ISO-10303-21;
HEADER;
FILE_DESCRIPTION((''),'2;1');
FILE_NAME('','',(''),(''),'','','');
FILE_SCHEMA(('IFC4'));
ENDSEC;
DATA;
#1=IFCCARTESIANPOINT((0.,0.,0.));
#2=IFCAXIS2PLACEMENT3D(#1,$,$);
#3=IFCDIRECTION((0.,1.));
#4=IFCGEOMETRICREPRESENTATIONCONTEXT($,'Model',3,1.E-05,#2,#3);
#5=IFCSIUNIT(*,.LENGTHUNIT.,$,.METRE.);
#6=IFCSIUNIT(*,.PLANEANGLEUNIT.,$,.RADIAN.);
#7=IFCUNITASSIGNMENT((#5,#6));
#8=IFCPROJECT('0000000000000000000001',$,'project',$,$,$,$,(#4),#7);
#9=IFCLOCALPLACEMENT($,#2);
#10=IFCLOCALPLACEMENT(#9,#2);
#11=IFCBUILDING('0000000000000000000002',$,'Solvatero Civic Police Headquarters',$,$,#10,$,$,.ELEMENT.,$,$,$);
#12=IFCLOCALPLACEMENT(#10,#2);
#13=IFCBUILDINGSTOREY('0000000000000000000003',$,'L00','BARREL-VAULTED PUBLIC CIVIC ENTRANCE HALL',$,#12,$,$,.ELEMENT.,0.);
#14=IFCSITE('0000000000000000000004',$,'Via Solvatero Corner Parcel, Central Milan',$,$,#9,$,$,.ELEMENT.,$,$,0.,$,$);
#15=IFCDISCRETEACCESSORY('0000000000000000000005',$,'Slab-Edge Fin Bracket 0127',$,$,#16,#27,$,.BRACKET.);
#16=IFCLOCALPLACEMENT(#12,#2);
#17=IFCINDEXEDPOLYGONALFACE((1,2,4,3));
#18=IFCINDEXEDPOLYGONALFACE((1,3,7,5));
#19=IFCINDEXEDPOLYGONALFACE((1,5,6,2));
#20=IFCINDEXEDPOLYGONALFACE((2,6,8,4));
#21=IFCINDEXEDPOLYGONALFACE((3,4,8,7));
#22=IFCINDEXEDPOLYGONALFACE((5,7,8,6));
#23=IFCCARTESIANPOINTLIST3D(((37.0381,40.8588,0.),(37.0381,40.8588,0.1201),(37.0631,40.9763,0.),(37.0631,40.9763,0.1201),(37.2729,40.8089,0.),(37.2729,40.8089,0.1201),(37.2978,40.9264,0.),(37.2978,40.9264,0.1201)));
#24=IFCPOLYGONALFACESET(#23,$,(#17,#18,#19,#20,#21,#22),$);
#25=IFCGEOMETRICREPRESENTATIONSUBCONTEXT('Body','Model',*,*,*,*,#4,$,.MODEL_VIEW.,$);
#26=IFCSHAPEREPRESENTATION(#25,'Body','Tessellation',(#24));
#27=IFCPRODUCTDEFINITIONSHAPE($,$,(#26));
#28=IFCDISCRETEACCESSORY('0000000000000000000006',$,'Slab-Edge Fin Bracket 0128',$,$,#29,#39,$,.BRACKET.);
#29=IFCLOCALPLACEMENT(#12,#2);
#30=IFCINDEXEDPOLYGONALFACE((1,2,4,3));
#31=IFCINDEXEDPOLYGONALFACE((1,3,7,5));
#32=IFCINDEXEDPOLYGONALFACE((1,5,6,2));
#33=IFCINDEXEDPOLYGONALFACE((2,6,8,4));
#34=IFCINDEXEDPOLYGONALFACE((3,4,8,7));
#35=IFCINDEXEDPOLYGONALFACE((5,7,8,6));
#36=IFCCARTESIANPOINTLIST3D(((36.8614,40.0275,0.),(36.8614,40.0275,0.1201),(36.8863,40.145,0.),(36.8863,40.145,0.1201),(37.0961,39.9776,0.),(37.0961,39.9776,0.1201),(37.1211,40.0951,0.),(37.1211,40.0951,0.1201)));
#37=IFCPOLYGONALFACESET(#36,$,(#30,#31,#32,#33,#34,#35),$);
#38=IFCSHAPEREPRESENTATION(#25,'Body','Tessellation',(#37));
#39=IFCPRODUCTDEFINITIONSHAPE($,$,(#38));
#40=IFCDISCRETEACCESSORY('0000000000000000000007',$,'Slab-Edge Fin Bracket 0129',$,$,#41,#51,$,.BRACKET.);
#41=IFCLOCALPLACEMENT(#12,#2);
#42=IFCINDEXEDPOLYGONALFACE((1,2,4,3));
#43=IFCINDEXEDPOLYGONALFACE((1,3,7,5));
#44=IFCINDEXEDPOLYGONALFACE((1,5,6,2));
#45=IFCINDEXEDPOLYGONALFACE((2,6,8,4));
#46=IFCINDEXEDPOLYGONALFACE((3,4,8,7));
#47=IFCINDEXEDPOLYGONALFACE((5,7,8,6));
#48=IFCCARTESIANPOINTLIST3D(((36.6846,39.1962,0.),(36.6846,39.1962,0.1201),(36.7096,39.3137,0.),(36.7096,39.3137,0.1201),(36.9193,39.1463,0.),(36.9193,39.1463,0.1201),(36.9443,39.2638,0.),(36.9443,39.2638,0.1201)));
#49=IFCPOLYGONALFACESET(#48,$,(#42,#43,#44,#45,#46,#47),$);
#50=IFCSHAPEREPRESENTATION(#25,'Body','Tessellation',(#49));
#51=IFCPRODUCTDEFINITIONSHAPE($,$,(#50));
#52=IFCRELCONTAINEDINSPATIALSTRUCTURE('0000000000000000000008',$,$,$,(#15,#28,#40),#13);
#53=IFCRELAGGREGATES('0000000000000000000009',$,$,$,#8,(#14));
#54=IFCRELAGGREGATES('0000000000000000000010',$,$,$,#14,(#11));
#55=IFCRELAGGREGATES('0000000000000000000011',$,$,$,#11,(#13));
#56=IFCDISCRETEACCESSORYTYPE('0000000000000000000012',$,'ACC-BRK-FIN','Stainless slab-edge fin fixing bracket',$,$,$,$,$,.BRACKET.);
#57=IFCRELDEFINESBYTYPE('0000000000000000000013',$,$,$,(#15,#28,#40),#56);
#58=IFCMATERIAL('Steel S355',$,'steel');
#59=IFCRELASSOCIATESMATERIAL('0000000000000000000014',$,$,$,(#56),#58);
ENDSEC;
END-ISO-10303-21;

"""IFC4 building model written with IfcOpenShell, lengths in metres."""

from ifc_helpers import new_model, si_unit, direction, frame, origin, origin_2d, place, context, subcontext, project, spatial, rectangle, extrude, material, type_object, element, save


model = new_model("IFC4")

# Units and contexts
model_context = context("Model", 3, precision=1e-05, world=origin(), true_north=direction((0.0, 1.0)))
body_context = subcontext(model_context, "Body", "Model", "MODEL_VIEW")
ifc_project = project(units=[si_unit("LENGTHUNIT", "METRE"), si_unit("PLANEANGLEUNIT", "RADIAN")], contexts=[model_context])

# Site, building, storey
site_placement = place(None, origin())
site = spatial("IfcSite", under=ifc_project, at=site_placement, Name="Via Solvatero Corner Parcel, Central Milan", CompositionType="ELEMENT", RefElevation=0.0)
building_placement = place(site_placement, origin())
building = spatial("IfcBuilding", under=site, at=building_placement, Name="Solvatero Civic Police Headquarters", CompositionType="ELEMENT")
storey_placement = place(building_placement, origin())
storey = spatial("IfcBuildingStorey", under=building, at=storey_placement, Name="L00", Description="BARREL-VAULTED PUBLIC CIVIC ENTRANCE HALL", CompositionType="ELEMENT", Elevation=0.0)

# Shared definitions
ifc_material_1 = material(Name="Steel S355", Category="steel")

# Discrete accessories
discrete_accessory_type = type_object("IfcDiscreteAccessoryType", Name="ACC-BRK-FIN", Description="Stainless slab-edge fin fixing bracket", PredefinedType="BRACKET", material=ifc_material_1)
for number, where, z_axis, x_axis, name in (
    (1, (37.168, 40.8926, 0.0), (0.0, 0.0, 1.0), (-0.207912, -0.978148, 0.0), "Slab-Edge Fin Bracket 0127"),
    (2, (36.9912, 40.0613, 0.0), (0.0, 0.0, 1.0), (-0.207912, -0.978148, 0.0), "Slab-Edge Fin Bracket 0128"),
    (3, (36.8145, 39.23, 0.0), (0.0, 0.0, 1.0), (-0.207912, -0.978148, 0.0), "Slab-Edge Fin Bracket 0129"),
):
    element("IfcDiscreteAccessory", number, at=place(storey_placement, frame(where, z_axis=z_axis, x_axis=x_axis)), inside=storey, type_object=discrete_accessory_type, Name=name, PredefinedType="BRACKET", context=body_context, shape_type="SweptSolid", body=[
        extrude(rectangle(XDim=0.1201, YDim=0.24, at=origin_2d()), origin(), (0.0, 0.0, 1.0), 0.1201),
    ])

save(model, "model.ifc")
